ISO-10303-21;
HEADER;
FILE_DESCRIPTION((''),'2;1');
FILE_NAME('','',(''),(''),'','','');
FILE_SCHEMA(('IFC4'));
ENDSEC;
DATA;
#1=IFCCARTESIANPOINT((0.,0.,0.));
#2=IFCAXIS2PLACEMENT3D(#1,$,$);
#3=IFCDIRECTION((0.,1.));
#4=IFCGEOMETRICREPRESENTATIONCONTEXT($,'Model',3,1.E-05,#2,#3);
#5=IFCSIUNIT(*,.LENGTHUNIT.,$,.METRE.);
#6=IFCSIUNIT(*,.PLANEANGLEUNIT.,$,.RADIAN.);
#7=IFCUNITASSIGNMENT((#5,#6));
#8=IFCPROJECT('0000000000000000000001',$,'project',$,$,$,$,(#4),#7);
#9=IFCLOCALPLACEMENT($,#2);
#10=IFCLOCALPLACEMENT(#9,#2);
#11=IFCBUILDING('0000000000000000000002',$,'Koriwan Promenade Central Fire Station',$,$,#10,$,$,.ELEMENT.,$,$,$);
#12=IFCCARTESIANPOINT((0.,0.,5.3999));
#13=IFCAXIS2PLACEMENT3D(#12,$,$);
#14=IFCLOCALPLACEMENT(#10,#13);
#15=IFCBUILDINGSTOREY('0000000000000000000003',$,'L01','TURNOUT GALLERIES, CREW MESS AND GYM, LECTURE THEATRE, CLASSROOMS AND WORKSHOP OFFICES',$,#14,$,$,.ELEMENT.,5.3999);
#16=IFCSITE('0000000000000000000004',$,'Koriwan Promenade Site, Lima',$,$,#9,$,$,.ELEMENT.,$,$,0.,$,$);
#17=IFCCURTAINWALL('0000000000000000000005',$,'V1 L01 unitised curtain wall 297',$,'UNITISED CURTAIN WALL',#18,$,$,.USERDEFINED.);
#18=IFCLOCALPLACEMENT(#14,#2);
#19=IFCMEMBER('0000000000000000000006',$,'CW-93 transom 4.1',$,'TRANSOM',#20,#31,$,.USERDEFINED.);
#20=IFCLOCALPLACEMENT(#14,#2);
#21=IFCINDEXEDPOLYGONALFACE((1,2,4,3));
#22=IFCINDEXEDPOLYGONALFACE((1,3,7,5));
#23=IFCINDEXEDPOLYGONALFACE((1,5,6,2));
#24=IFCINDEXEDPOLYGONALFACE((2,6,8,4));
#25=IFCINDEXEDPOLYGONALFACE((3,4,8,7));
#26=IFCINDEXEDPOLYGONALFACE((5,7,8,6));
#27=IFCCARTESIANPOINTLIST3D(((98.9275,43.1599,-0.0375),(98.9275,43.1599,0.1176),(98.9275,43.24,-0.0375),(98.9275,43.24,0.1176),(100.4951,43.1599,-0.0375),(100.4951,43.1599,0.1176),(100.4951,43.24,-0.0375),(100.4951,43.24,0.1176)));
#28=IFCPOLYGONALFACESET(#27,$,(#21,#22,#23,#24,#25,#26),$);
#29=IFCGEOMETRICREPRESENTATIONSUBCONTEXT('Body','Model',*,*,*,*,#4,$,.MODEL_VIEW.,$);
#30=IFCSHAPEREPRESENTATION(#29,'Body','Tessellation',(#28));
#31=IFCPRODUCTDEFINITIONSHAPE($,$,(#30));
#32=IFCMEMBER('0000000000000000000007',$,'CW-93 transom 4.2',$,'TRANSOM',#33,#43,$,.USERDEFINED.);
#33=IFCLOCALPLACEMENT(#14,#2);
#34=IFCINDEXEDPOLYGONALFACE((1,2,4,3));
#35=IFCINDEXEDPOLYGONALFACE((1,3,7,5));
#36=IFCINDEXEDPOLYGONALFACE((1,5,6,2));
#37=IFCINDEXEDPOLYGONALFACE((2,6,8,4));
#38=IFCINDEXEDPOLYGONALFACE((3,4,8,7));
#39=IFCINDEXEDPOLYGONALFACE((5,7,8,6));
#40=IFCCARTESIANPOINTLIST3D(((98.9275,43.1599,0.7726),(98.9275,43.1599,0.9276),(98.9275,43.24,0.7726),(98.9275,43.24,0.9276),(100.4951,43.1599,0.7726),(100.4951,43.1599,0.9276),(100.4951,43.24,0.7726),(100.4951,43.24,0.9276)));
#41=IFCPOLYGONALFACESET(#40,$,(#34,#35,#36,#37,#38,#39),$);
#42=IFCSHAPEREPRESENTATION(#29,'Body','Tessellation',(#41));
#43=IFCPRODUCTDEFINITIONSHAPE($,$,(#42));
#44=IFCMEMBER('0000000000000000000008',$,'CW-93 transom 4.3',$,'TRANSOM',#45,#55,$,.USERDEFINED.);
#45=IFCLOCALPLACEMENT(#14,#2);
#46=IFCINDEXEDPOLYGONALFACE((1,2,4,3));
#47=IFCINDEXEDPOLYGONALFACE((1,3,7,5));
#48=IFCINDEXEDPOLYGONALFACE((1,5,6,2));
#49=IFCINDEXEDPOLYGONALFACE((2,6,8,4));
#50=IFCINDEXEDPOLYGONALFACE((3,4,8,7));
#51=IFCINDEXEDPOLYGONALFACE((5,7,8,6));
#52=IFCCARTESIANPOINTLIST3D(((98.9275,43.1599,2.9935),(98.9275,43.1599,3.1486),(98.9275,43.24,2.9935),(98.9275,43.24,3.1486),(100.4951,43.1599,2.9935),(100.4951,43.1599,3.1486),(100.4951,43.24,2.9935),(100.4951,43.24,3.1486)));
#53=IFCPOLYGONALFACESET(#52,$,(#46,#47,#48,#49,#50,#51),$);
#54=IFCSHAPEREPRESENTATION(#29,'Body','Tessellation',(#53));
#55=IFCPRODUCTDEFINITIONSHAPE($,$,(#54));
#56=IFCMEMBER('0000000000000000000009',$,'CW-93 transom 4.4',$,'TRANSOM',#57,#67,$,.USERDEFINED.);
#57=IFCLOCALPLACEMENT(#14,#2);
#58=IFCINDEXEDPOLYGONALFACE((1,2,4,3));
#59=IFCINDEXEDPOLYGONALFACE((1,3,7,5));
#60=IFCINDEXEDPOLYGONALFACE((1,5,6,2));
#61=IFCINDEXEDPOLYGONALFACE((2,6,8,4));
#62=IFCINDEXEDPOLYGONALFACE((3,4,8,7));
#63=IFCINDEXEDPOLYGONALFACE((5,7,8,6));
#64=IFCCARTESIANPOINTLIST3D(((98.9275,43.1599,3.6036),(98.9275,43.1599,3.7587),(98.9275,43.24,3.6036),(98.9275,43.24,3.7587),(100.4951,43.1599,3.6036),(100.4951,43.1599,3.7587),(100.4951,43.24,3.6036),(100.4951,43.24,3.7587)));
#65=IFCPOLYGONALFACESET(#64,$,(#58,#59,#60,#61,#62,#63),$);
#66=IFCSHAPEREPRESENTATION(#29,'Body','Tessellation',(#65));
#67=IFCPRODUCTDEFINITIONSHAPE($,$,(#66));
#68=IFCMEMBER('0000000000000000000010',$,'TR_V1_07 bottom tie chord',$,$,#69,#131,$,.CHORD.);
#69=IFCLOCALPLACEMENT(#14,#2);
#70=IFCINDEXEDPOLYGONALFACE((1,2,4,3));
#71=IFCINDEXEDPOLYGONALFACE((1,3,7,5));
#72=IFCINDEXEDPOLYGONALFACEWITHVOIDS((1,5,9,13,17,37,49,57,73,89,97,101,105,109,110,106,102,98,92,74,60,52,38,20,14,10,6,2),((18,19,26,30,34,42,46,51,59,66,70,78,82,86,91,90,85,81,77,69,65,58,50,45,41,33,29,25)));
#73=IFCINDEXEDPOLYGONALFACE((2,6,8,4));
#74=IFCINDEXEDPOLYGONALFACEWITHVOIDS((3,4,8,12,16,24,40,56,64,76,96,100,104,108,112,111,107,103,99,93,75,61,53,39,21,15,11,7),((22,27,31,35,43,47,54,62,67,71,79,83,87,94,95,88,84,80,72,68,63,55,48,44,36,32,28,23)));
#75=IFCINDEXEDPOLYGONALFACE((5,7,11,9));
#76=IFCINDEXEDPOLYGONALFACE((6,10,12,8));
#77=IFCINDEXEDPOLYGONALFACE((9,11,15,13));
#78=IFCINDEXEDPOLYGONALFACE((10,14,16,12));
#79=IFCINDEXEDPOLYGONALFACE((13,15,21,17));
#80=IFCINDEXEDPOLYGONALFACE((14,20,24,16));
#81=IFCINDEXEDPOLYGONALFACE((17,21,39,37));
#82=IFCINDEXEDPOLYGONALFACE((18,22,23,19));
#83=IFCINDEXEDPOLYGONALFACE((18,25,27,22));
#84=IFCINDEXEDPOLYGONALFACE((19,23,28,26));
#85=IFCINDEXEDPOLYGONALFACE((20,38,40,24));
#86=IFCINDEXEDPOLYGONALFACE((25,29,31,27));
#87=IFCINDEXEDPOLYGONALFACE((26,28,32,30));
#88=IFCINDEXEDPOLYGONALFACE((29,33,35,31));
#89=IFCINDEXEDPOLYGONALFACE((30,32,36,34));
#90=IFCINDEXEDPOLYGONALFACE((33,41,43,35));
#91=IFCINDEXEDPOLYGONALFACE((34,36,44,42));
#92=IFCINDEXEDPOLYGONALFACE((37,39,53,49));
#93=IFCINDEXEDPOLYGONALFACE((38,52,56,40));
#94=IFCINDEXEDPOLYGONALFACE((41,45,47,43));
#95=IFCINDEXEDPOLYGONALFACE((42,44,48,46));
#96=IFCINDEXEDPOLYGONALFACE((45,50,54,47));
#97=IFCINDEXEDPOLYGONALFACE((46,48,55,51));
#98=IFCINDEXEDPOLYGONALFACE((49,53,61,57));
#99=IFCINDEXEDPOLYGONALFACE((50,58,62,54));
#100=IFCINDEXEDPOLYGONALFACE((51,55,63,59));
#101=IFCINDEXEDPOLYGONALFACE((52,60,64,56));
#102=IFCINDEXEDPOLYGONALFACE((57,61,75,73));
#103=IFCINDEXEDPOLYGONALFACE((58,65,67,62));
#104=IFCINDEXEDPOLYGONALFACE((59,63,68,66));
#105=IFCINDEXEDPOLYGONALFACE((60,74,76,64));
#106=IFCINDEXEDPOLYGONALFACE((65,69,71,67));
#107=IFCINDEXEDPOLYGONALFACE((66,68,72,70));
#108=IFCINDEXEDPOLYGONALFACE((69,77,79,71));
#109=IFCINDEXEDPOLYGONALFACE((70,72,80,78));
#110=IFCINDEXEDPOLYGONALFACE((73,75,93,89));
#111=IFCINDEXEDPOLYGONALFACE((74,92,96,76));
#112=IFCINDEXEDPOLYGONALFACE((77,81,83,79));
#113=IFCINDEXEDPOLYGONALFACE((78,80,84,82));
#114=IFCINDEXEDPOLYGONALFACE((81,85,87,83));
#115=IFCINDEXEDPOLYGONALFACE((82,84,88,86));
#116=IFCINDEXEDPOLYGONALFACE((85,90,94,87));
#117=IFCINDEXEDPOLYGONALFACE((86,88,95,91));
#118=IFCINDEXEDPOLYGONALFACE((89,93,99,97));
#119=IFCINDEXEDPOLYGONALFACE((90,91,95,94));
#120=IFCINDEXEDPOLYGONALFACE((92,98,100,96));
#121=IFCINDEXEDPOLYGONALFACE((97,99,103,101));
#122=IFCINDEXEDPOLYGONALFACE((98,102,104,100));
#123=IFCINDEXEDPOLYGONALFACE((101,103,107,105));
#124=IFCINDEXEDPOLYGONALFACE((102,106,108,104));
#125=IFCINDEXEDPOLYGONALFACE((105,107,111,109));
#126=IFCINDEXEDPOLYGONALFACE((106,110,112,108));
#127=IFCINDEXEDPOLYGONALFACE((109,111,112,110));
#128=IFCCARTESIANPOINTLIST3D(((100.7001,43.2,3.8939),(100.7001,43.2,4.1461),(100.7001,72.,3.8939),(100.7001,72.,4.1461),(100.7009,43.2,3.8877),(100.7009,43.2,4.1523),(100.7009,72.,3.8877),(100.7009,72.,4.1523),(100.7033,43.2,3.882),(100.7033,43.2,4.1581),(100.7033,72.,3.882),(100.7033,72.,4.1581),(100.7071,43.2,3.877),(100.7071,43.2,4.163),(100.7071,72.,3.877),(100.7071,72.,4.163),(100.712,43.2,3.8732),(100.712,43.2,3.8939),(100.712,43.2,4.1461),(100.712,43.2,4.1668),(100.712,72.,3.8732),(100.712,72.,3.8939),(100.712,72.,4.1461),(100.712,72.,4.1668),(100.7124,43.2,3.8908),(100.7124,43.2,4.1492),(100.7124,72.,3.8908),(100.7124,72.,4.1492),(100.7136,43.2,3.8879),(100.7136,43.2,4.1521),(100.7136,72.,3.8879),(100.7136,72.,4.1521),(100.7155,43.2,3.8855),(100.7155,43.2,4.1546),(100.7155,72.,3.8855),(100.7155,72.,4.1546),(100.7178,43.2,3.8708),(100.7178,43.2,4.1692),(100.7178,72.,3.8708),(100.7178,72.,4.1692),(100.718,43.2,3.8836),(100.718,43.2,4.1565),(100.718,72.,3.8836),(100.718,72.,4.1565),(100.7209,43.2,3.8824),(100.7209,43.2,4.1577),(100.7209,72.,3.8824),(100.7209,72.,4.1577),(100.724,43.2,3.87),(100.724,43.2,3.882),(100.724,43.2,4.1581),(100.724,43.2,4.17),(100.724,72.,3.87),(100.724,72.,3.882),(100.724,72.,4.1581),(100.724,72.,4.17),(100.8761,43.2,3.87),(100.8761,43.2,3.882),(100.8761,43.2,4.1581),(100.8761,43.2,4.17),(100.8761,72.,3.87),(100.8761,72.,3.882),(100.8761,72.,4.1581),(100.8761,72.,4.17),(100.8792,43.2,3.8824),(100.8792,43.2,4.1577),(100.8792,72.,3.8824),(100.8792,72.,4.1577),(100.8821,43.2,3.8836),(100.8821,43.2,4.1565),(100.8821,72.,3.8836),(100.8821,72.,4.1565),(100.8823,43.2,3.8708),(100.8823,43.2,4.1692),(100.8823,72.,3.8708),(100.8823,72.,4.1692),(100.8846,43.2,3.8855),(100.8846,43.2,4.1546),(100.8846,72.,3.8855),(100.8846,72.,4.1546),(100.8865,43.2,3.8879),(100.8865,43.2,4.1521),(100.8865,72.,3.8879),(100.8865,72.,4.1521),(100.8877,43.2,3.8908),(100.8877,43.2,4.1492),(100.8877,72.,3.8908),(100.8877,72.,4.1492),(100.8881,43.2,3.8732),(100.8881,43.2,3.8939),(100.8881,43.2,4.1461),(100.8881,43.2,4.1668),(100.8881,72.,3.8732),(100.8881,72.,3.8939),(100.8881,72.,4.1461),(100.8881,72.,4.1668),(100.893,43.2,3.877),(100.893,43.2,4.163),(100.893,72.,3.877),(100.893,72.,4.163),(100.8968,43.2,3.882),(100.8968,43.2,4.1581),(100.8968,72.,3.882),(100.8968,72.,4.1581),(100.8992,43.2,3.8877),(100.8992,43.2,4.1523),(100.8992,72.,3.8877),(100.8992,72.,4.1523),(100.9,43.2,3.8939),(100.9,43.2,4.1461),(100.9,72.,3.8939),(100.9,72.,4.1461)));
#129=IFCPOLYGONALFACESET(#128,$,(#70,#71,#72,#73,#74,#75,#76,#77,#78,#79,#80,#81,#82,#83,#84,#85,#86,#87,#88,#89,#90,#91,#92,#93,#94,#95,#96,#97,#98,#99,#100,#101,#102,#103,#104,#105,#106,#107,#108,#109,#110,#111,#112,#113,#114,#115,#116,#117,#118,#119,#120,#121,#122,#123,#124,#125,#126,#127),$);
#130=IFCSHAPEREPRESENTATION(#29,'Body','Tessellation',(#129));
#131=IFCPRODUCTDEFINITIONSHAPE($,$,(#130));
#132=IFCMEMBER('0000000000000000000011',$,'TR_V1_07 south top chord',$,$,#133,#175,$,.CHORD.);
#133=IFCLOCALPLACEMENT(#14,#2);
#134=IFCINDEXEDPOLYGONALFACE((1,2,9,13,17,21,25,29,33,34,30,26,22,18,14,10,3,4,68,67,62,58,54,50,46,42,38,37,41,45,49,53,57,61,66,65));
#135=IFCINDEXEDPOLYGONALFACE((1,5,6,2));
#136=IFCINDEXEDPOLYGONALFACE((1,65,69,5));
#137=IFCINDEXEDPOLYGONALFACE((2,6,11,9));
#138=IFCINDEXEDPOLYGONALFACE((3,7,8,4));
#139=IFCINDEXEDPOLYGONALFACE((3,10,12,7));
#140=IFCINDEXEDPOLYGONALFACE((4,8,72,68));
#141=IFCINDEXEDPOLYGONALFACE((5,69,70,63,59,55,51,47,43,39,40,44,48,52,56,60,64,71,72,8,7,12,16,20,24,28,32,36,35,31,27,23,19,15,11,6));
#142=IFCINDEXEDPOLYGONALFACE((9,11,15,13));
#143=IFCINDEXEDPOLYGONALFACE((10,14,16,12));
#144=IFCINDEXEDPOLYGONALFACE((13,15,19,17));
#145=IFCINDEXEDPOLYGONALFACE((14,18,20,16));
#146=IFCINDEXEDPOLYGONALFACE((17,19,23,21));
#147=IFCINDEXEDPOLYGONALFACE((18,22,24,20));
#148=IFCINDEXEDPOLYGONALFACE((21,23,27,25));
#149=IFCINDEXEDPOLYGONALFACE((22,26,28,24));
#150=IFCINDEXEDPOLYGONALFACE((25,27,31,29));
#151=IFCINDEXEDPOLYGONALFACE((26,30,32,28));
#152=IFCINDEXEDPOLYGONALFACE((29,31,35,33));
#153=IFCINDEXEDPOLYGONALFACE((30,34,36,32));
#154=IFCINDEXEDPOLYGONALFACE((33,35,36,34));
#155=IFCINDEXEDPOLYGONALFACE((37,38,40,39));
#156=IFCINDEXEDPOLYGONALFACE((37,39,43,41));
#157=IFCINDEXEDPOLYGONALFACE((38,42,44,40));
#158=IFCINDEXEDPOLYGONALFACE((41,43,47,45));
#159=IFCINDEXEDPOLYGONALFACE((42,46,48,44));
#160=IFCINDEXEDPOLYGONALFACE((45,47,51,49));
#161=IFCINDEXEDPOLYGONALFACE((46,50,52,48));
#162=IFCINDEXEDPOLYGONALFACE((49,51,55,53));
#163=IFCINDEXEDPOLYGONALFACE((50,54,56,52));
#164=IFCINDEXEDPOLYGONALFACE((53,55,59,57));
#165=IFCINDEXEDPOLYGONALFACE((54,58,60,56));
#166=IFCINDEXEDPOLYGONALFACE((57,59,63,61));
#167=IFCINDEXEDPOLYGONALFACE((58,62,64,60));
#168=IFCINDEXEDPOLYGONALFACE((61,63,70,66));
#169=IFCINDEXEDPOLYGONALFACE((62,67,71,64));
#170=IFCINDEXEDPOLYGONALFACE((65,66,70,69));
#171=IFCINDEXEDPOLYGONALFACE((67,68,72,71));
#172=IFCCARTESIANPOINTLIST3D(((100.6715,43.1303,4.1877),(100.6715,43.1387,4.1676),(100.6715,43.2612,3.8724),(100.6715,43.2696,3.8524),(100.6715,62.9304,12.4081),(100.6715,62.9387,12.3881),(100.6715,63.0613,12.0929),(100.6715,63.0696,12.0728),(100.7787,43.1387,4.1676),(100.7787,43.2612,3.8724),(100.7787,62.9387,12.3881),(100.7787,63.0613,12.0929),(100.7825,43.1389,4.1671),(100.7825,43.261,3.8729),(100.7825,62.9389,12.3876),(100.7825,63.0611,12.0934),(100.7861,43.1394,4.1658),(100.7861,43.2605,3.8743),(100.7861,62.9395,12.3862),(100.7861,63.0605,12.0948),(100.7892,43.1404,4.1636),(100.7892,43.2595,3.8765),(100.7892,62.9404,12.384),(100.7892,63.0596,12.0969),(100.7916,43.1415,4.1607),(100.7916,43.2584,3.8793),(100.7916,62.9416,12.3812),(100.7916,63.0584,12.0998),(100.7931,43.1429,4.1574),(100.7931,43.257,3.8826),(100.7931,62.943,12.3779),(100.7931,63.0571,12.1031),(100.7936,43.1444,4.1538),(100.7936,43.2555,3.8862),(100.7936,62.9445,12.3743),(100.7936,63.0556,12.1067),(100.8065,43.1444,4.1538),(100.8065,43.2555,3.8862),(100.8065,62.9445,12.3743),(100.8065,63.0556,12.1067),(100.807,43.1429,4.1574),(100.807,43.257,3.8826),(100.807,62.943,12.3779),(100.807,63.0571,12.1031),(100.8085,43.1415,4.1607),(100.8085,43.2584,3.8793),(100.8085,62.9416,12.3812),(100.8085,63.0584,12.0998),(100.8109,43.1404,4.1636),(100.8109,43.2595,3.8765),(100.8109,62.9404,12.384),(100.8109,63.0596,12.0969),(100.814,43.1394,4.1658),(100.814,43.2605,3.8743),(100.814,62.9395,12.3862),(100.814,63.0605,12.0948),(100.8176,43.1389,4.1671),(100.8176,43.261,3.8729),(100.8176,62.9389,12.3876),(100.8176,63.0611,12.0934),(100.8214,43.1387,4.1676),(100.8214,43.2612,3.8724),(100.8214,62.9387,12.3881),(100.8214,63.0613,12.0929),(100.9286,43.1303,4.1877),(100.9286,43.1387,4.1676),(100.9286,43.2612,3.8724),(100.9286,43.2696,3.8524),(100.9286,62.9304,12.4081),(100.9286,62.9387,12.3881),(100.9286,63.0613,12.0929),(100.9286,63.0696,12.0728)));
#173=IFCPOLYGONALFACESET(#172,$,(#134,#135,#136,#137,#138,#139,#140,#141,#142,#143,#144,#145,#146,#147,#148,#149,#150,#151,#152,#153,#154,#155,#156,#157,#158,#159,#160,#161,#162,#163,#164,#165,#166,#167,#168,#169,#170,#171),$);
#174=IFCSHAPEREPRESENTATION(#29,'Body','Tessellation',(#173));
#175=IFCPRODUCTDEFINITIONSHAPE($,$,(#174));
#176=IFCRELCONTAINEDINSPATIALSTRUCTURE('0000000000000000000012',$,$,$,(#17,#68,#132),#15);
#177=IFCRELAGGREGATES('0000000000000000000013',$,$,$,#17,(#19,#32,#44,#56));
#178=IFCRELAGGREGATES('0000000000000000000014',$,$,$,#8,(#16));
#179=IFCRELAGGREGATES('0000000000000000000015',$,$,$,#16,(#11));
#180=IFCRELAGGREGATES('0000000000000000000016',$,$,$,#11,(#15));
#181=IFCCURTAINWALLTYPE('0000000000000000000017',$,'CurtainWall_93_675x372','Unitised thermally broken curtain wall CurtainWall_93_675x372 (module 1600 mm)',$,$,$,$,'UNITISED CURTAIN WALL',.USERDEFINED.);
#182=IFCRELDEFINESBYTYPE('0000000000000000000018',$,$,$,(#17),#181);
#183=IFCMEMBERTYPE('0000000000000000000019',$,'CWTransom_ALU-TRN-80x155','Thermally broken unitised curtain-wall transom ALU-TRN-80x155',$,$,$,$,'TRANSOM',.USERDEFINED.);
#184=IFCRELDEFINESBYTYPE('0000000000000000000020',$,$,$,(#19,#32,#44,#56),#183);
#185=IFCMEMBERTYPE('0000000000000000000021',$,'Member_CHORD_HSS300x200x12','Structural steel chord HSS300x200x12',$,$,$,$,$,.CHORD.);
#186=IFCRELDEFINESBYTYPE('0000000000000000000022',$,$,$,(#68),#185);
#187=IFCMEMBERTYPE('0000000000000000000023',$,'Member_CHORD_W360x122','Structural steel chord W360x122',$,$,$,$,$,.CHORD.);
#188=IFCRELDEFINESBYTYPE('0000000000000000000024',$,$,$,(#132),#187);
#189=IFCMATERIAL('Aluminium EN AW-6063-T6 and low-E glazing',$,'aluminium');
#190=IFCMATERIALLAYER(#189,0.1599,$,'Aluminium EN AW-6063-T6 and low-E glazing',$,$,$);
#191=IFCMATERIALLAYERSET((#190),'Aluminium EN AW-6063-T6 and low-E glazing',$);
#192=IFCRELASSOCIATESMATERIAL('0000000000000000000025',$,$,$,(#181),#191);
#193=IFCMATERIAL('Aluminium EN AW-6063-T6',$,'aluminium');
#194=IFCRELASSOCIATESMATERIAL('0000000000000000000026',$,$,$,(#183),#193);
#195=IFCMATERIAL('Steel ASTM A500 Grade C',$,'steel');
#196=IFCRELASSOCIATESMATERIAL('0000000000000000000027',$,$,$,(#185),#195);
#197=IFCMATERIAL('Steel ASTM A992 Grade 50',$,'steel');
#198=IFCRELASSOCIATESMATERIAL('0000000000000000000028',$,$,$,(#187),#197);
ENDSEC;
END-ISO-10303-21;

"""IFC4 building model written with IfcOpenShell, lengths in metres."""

from ifc_helpers import new_model, si_unit, direction, frame, origin, origin_2d, place, context, subcontext, project, spatial, rectangle, hollow_rectangle, i_section, extrude, material, layer, layer_set, material_profile, profile_set, type_object, element, aggregate, save


model = new_model("IFC4")

# Units and contexts
model_context = context("Model", 3, precision=1e-05, world=origin(), true_north=direction((0.0, 1.0)))
body_context = subcontext(model_context, "Body", "Model", "MODEL_VIEW")
ifc_project = project(units=[si_unit("LENGTHUNIT", "METRE"), si_unit("PLANEANGLEUNIT", "RADIAN")], contexts=[model_context])

# Site, building, storey
site_placement = place(None, origin())
site = spatial("IfcSite", under=ifc_project, at=site_placement, Name="Koriwan Promenade Site, Lima", CompositionType="ELEMENT", RefElevation=0.0)
building_placement = place(site_placement, origin())
building = spatial("IfcBuilding", under=site, at=building_placement, Name="Koriwan Promenade Central Fire Station", CompositionType="ELEMENT")
storey_placement = place(building_placement, frame((0.0, 0.0, 5.3999)))
storey = spatial("IfcBuildingStorey", under=building, at=storey_placement, Name="L01", Description="TURNOUT GALLERIES, CREW MESS AND GYM, LECTURE THEATRE, CLASSROOMS AND WORKSHOP OFFICES", CompositionType="ELEMENT", Elevation=5.3999)

# Curtain wall
ifc_material_1 = material(Name="Aluminium EN AW-6063-T6 and low-E glazing", Category="aluminium")
ifc_material_2 = material(Name="Aluminium EN AW-6063-T6", Category="aluminium")
ifc_layer_1 = layer(ifc_material_1, 0.1599, Name="Aluminium EN AW-6063-T6 and low-E glazing")
ifc_layer_set_1 = layer_set([ifc_layer_1], Name="Aluminium EN AW-6063-T6 and low-E glazing")
curtain_wall_type_1 = type_object("IfcCurtainWallType", Name="CurtainWall_93_675x372", Description="Unitised thermally broken curtain wall CurtainWall_93_675x372 (module 1600 mm)", ElementType="UNITISED CURTAIN WALL", PredefinedType="USERDEFINED", material=ifc_layer_set_1)
curtain_wall_1_placement = place(storey_placement, origin())
curtain_wall_1 = element("IfcCurtainWall", 1, at=curtain_wall_1_placement, inside=storey, type_object=curtain_wall_type_1, Name="V1 L01 unitised curtain wall 297", ObjectType="UNITISED CURTAIN WALL", PredefinedType="USERDEFINED")

# Members
ifc_material_profile_1 = material_profile(ifc_material_2, rectangle(XDim=0.0801, YDim=0.155, at=origin_2d()), Name="ALU-TRN-80x155")
ifc_profile_set_1 = profile_set([ifc_material_profile_1], Name="Aluminium EN AW-6063-T6")
member_type_1 = type_object("IfcMemberType", Name="CWTransom_ALU-TRN-80x155", Description="Thermally broken unitised curtain-wall transom ALU-TRN-80x155", ElementType="TRANSOM", PredefinedType="USERDEFINED", material=ifc_profile_set_1)
member_1_placement = place(storey_placement, frame((98.9275, 43.2, 0.04), z_axis=(1.0, 0.0, 0.0), x_axis=(0.0, 1.0, 0.0)))
member_1 = element("IfcMember", 2, at=member_1_placement, type_object=member_type_1, Name="CW-93 transom 4.1", ObjectType="TRANSOM", PredefinedType="USERDEFINED", context=body_context, shape_type="SweptSolid", body=[
    extrude(rectangle(XDim=0.0801, YDim=0.155, at=origin_2d()), origin(), (0.0, 0.0, 1.0), 1.5676),
])
member_2_placement = place(storey_placement, frame((98.9275, 43.2, 0.8501), z_axis=(1.0, 0.0, 0.0), x_axis=(0.0, 1.0, 0.0)))
member_2 = element("IfcMember", 3, at=member_2_placement, type_object=member_type_1, Name="CW-93 transom 4.2", ObjectType="TRANSOM", PredefinedType="USERDEFINED", context=body_context, shape_type="SweptSolid", body=[
    extrude(rectangle(XDim=0.0801, YDim=0.155, at=origin_2d()), origin(), (0.0, 0.0, 1.0), 1.5676),
])
member_3_placement = place(storey_placement, frame((98.9275, 43.2, 3.071), z_axis=(1.0, 0.0, 0.0), x_axis=(0.0, 1.0, 0.0)))
member_3 = element("IfcMember", 4, at=member_3_placement, type_object=member_type_1, Name="CW-93 transom 4.3", ObjectType="TRANSOM", PredefinedType="USERDEFINED", context=body_context, shape_type="SweptSolid", body=[
    extrude(rectangle(XDim=0.0801, YDim=0.155, at=origin_2d()), origin(), (0.0, 0.0, 1.0), 1.5676),
])
member_4_placement = place(storey_placement, frame((98.9275, 43.2, 3.6812), z_axis=(1.0, 0.0, 0.0), x_axis=(0.0, 1.0, 0.0)))
member_4 = element("IfcMember", 5, at=member_4_placement, type_object=member_type_1, Name="CW-93 transom 4.4", ObjectType="TRANSOM", PredefinedType="USERDEFINED", context=body_context, shape_type="SweptSolid", body=[
    extrude(rectangle(XDim=0.0801, YDim=0.155, at=origin_2d()), origin(), (0.0, 0.0, 1.0), 1.5676),
])

# Members
ifc_material_3 = material(Name="Steel ASTM A500 Grade C", Category="steel")
ifc_material_profile_2 = material_profile(ifc_material_3, hollow_rectangle(XDim=0.2, YDim=0.3, WallThickness=0.012, InnerFilletRadius=0.012, OuterFilletRadius=0.0239, at=origin_2d()), Name="HSS300x200x12")
ifc_profile_set_2 = profile_set([ifc_material_profile_2], Name="Steel ASTM A500 Grade C")
member_type_2 = type_object("IfcMemberType", Name="Member_CHORD_HSS300x200x12", Description="Structural steel chord HSS300x200x12", PredefinedType="CHORD", material=ifc_profile_set_2)
member_5_placement = place(storey_placement, frame((100.8, 43.2, 4.02), z_axis=(0.0, 1.0, 0.0), x_axis=(-1.0, 0.0, 0.0)))
element("IfcMember", 6, at=member_5_placement, inside=storey, type_object=member_type_2, Name="TR_V1_07 bottom tie chord", PredefinedType="CHORD", context=body_context, shape_type="SweptSolid", body=[
    extrude(hollow_rectangle(XDim=0.2, YDim=0.3, WallThickness=0.012, InnerFilletRadius=0.012, OuterFilletRadius=0.0239, at=origin_2d()), origin(), (0.0, 0.0, 1.0), 28.8),
])
ifc_material_4 = material(Name="Steel ASTM A992 Grade 50", Category="steel")
ifc_material_profile_3 = material_profile(ifc_material_4, i_section(OverallWidth=0.2571, OverallDepth=0.363, WebThickness=0.0129, FlangeThickness=0.0217, FilletRadius=0.0149, at=origin_2d()), Name="W360x122")
ifc_profile_set_3 = profile_set([ifc_material_profile_3], Name="Steel ASTM A992 Grade 50")
member_type_3 = type_object("IfcMemberType", Name="Member_CHORD_W360x122", Description="Structural steel chord W360x122", PredefinedType="CHORD", material=ifc_profile_set_3)
member_6_placement = place(storey_placement, frame((100.8, 43.2, 4.02), z_axis=(0.0, 0.923566, 0.38344), x_axis=(-1.0, 0.0, 0.0)))
element("IfcMember", 7, at=member_6_placement, inside=storey, type_object=member_type_3, Name="TR_V1_07 south top chord", PredefinedType="CHORD", context=body_context, shape_type="SweptSolid", body=[
    extrude(i_section(OverallWidth=0.2571, OverallDepth=0.363, WebThickness=0.0129, FlangeThickness=0.0217, FilletRadius=0.0149, at=origin_2d()), origin(), (0.0, 0.0, 1.0), 21.4387),
])

aggregate(curtain_wall_1, [member_1, member_2, member_3, member_4])

save(model, "model.ifc")
